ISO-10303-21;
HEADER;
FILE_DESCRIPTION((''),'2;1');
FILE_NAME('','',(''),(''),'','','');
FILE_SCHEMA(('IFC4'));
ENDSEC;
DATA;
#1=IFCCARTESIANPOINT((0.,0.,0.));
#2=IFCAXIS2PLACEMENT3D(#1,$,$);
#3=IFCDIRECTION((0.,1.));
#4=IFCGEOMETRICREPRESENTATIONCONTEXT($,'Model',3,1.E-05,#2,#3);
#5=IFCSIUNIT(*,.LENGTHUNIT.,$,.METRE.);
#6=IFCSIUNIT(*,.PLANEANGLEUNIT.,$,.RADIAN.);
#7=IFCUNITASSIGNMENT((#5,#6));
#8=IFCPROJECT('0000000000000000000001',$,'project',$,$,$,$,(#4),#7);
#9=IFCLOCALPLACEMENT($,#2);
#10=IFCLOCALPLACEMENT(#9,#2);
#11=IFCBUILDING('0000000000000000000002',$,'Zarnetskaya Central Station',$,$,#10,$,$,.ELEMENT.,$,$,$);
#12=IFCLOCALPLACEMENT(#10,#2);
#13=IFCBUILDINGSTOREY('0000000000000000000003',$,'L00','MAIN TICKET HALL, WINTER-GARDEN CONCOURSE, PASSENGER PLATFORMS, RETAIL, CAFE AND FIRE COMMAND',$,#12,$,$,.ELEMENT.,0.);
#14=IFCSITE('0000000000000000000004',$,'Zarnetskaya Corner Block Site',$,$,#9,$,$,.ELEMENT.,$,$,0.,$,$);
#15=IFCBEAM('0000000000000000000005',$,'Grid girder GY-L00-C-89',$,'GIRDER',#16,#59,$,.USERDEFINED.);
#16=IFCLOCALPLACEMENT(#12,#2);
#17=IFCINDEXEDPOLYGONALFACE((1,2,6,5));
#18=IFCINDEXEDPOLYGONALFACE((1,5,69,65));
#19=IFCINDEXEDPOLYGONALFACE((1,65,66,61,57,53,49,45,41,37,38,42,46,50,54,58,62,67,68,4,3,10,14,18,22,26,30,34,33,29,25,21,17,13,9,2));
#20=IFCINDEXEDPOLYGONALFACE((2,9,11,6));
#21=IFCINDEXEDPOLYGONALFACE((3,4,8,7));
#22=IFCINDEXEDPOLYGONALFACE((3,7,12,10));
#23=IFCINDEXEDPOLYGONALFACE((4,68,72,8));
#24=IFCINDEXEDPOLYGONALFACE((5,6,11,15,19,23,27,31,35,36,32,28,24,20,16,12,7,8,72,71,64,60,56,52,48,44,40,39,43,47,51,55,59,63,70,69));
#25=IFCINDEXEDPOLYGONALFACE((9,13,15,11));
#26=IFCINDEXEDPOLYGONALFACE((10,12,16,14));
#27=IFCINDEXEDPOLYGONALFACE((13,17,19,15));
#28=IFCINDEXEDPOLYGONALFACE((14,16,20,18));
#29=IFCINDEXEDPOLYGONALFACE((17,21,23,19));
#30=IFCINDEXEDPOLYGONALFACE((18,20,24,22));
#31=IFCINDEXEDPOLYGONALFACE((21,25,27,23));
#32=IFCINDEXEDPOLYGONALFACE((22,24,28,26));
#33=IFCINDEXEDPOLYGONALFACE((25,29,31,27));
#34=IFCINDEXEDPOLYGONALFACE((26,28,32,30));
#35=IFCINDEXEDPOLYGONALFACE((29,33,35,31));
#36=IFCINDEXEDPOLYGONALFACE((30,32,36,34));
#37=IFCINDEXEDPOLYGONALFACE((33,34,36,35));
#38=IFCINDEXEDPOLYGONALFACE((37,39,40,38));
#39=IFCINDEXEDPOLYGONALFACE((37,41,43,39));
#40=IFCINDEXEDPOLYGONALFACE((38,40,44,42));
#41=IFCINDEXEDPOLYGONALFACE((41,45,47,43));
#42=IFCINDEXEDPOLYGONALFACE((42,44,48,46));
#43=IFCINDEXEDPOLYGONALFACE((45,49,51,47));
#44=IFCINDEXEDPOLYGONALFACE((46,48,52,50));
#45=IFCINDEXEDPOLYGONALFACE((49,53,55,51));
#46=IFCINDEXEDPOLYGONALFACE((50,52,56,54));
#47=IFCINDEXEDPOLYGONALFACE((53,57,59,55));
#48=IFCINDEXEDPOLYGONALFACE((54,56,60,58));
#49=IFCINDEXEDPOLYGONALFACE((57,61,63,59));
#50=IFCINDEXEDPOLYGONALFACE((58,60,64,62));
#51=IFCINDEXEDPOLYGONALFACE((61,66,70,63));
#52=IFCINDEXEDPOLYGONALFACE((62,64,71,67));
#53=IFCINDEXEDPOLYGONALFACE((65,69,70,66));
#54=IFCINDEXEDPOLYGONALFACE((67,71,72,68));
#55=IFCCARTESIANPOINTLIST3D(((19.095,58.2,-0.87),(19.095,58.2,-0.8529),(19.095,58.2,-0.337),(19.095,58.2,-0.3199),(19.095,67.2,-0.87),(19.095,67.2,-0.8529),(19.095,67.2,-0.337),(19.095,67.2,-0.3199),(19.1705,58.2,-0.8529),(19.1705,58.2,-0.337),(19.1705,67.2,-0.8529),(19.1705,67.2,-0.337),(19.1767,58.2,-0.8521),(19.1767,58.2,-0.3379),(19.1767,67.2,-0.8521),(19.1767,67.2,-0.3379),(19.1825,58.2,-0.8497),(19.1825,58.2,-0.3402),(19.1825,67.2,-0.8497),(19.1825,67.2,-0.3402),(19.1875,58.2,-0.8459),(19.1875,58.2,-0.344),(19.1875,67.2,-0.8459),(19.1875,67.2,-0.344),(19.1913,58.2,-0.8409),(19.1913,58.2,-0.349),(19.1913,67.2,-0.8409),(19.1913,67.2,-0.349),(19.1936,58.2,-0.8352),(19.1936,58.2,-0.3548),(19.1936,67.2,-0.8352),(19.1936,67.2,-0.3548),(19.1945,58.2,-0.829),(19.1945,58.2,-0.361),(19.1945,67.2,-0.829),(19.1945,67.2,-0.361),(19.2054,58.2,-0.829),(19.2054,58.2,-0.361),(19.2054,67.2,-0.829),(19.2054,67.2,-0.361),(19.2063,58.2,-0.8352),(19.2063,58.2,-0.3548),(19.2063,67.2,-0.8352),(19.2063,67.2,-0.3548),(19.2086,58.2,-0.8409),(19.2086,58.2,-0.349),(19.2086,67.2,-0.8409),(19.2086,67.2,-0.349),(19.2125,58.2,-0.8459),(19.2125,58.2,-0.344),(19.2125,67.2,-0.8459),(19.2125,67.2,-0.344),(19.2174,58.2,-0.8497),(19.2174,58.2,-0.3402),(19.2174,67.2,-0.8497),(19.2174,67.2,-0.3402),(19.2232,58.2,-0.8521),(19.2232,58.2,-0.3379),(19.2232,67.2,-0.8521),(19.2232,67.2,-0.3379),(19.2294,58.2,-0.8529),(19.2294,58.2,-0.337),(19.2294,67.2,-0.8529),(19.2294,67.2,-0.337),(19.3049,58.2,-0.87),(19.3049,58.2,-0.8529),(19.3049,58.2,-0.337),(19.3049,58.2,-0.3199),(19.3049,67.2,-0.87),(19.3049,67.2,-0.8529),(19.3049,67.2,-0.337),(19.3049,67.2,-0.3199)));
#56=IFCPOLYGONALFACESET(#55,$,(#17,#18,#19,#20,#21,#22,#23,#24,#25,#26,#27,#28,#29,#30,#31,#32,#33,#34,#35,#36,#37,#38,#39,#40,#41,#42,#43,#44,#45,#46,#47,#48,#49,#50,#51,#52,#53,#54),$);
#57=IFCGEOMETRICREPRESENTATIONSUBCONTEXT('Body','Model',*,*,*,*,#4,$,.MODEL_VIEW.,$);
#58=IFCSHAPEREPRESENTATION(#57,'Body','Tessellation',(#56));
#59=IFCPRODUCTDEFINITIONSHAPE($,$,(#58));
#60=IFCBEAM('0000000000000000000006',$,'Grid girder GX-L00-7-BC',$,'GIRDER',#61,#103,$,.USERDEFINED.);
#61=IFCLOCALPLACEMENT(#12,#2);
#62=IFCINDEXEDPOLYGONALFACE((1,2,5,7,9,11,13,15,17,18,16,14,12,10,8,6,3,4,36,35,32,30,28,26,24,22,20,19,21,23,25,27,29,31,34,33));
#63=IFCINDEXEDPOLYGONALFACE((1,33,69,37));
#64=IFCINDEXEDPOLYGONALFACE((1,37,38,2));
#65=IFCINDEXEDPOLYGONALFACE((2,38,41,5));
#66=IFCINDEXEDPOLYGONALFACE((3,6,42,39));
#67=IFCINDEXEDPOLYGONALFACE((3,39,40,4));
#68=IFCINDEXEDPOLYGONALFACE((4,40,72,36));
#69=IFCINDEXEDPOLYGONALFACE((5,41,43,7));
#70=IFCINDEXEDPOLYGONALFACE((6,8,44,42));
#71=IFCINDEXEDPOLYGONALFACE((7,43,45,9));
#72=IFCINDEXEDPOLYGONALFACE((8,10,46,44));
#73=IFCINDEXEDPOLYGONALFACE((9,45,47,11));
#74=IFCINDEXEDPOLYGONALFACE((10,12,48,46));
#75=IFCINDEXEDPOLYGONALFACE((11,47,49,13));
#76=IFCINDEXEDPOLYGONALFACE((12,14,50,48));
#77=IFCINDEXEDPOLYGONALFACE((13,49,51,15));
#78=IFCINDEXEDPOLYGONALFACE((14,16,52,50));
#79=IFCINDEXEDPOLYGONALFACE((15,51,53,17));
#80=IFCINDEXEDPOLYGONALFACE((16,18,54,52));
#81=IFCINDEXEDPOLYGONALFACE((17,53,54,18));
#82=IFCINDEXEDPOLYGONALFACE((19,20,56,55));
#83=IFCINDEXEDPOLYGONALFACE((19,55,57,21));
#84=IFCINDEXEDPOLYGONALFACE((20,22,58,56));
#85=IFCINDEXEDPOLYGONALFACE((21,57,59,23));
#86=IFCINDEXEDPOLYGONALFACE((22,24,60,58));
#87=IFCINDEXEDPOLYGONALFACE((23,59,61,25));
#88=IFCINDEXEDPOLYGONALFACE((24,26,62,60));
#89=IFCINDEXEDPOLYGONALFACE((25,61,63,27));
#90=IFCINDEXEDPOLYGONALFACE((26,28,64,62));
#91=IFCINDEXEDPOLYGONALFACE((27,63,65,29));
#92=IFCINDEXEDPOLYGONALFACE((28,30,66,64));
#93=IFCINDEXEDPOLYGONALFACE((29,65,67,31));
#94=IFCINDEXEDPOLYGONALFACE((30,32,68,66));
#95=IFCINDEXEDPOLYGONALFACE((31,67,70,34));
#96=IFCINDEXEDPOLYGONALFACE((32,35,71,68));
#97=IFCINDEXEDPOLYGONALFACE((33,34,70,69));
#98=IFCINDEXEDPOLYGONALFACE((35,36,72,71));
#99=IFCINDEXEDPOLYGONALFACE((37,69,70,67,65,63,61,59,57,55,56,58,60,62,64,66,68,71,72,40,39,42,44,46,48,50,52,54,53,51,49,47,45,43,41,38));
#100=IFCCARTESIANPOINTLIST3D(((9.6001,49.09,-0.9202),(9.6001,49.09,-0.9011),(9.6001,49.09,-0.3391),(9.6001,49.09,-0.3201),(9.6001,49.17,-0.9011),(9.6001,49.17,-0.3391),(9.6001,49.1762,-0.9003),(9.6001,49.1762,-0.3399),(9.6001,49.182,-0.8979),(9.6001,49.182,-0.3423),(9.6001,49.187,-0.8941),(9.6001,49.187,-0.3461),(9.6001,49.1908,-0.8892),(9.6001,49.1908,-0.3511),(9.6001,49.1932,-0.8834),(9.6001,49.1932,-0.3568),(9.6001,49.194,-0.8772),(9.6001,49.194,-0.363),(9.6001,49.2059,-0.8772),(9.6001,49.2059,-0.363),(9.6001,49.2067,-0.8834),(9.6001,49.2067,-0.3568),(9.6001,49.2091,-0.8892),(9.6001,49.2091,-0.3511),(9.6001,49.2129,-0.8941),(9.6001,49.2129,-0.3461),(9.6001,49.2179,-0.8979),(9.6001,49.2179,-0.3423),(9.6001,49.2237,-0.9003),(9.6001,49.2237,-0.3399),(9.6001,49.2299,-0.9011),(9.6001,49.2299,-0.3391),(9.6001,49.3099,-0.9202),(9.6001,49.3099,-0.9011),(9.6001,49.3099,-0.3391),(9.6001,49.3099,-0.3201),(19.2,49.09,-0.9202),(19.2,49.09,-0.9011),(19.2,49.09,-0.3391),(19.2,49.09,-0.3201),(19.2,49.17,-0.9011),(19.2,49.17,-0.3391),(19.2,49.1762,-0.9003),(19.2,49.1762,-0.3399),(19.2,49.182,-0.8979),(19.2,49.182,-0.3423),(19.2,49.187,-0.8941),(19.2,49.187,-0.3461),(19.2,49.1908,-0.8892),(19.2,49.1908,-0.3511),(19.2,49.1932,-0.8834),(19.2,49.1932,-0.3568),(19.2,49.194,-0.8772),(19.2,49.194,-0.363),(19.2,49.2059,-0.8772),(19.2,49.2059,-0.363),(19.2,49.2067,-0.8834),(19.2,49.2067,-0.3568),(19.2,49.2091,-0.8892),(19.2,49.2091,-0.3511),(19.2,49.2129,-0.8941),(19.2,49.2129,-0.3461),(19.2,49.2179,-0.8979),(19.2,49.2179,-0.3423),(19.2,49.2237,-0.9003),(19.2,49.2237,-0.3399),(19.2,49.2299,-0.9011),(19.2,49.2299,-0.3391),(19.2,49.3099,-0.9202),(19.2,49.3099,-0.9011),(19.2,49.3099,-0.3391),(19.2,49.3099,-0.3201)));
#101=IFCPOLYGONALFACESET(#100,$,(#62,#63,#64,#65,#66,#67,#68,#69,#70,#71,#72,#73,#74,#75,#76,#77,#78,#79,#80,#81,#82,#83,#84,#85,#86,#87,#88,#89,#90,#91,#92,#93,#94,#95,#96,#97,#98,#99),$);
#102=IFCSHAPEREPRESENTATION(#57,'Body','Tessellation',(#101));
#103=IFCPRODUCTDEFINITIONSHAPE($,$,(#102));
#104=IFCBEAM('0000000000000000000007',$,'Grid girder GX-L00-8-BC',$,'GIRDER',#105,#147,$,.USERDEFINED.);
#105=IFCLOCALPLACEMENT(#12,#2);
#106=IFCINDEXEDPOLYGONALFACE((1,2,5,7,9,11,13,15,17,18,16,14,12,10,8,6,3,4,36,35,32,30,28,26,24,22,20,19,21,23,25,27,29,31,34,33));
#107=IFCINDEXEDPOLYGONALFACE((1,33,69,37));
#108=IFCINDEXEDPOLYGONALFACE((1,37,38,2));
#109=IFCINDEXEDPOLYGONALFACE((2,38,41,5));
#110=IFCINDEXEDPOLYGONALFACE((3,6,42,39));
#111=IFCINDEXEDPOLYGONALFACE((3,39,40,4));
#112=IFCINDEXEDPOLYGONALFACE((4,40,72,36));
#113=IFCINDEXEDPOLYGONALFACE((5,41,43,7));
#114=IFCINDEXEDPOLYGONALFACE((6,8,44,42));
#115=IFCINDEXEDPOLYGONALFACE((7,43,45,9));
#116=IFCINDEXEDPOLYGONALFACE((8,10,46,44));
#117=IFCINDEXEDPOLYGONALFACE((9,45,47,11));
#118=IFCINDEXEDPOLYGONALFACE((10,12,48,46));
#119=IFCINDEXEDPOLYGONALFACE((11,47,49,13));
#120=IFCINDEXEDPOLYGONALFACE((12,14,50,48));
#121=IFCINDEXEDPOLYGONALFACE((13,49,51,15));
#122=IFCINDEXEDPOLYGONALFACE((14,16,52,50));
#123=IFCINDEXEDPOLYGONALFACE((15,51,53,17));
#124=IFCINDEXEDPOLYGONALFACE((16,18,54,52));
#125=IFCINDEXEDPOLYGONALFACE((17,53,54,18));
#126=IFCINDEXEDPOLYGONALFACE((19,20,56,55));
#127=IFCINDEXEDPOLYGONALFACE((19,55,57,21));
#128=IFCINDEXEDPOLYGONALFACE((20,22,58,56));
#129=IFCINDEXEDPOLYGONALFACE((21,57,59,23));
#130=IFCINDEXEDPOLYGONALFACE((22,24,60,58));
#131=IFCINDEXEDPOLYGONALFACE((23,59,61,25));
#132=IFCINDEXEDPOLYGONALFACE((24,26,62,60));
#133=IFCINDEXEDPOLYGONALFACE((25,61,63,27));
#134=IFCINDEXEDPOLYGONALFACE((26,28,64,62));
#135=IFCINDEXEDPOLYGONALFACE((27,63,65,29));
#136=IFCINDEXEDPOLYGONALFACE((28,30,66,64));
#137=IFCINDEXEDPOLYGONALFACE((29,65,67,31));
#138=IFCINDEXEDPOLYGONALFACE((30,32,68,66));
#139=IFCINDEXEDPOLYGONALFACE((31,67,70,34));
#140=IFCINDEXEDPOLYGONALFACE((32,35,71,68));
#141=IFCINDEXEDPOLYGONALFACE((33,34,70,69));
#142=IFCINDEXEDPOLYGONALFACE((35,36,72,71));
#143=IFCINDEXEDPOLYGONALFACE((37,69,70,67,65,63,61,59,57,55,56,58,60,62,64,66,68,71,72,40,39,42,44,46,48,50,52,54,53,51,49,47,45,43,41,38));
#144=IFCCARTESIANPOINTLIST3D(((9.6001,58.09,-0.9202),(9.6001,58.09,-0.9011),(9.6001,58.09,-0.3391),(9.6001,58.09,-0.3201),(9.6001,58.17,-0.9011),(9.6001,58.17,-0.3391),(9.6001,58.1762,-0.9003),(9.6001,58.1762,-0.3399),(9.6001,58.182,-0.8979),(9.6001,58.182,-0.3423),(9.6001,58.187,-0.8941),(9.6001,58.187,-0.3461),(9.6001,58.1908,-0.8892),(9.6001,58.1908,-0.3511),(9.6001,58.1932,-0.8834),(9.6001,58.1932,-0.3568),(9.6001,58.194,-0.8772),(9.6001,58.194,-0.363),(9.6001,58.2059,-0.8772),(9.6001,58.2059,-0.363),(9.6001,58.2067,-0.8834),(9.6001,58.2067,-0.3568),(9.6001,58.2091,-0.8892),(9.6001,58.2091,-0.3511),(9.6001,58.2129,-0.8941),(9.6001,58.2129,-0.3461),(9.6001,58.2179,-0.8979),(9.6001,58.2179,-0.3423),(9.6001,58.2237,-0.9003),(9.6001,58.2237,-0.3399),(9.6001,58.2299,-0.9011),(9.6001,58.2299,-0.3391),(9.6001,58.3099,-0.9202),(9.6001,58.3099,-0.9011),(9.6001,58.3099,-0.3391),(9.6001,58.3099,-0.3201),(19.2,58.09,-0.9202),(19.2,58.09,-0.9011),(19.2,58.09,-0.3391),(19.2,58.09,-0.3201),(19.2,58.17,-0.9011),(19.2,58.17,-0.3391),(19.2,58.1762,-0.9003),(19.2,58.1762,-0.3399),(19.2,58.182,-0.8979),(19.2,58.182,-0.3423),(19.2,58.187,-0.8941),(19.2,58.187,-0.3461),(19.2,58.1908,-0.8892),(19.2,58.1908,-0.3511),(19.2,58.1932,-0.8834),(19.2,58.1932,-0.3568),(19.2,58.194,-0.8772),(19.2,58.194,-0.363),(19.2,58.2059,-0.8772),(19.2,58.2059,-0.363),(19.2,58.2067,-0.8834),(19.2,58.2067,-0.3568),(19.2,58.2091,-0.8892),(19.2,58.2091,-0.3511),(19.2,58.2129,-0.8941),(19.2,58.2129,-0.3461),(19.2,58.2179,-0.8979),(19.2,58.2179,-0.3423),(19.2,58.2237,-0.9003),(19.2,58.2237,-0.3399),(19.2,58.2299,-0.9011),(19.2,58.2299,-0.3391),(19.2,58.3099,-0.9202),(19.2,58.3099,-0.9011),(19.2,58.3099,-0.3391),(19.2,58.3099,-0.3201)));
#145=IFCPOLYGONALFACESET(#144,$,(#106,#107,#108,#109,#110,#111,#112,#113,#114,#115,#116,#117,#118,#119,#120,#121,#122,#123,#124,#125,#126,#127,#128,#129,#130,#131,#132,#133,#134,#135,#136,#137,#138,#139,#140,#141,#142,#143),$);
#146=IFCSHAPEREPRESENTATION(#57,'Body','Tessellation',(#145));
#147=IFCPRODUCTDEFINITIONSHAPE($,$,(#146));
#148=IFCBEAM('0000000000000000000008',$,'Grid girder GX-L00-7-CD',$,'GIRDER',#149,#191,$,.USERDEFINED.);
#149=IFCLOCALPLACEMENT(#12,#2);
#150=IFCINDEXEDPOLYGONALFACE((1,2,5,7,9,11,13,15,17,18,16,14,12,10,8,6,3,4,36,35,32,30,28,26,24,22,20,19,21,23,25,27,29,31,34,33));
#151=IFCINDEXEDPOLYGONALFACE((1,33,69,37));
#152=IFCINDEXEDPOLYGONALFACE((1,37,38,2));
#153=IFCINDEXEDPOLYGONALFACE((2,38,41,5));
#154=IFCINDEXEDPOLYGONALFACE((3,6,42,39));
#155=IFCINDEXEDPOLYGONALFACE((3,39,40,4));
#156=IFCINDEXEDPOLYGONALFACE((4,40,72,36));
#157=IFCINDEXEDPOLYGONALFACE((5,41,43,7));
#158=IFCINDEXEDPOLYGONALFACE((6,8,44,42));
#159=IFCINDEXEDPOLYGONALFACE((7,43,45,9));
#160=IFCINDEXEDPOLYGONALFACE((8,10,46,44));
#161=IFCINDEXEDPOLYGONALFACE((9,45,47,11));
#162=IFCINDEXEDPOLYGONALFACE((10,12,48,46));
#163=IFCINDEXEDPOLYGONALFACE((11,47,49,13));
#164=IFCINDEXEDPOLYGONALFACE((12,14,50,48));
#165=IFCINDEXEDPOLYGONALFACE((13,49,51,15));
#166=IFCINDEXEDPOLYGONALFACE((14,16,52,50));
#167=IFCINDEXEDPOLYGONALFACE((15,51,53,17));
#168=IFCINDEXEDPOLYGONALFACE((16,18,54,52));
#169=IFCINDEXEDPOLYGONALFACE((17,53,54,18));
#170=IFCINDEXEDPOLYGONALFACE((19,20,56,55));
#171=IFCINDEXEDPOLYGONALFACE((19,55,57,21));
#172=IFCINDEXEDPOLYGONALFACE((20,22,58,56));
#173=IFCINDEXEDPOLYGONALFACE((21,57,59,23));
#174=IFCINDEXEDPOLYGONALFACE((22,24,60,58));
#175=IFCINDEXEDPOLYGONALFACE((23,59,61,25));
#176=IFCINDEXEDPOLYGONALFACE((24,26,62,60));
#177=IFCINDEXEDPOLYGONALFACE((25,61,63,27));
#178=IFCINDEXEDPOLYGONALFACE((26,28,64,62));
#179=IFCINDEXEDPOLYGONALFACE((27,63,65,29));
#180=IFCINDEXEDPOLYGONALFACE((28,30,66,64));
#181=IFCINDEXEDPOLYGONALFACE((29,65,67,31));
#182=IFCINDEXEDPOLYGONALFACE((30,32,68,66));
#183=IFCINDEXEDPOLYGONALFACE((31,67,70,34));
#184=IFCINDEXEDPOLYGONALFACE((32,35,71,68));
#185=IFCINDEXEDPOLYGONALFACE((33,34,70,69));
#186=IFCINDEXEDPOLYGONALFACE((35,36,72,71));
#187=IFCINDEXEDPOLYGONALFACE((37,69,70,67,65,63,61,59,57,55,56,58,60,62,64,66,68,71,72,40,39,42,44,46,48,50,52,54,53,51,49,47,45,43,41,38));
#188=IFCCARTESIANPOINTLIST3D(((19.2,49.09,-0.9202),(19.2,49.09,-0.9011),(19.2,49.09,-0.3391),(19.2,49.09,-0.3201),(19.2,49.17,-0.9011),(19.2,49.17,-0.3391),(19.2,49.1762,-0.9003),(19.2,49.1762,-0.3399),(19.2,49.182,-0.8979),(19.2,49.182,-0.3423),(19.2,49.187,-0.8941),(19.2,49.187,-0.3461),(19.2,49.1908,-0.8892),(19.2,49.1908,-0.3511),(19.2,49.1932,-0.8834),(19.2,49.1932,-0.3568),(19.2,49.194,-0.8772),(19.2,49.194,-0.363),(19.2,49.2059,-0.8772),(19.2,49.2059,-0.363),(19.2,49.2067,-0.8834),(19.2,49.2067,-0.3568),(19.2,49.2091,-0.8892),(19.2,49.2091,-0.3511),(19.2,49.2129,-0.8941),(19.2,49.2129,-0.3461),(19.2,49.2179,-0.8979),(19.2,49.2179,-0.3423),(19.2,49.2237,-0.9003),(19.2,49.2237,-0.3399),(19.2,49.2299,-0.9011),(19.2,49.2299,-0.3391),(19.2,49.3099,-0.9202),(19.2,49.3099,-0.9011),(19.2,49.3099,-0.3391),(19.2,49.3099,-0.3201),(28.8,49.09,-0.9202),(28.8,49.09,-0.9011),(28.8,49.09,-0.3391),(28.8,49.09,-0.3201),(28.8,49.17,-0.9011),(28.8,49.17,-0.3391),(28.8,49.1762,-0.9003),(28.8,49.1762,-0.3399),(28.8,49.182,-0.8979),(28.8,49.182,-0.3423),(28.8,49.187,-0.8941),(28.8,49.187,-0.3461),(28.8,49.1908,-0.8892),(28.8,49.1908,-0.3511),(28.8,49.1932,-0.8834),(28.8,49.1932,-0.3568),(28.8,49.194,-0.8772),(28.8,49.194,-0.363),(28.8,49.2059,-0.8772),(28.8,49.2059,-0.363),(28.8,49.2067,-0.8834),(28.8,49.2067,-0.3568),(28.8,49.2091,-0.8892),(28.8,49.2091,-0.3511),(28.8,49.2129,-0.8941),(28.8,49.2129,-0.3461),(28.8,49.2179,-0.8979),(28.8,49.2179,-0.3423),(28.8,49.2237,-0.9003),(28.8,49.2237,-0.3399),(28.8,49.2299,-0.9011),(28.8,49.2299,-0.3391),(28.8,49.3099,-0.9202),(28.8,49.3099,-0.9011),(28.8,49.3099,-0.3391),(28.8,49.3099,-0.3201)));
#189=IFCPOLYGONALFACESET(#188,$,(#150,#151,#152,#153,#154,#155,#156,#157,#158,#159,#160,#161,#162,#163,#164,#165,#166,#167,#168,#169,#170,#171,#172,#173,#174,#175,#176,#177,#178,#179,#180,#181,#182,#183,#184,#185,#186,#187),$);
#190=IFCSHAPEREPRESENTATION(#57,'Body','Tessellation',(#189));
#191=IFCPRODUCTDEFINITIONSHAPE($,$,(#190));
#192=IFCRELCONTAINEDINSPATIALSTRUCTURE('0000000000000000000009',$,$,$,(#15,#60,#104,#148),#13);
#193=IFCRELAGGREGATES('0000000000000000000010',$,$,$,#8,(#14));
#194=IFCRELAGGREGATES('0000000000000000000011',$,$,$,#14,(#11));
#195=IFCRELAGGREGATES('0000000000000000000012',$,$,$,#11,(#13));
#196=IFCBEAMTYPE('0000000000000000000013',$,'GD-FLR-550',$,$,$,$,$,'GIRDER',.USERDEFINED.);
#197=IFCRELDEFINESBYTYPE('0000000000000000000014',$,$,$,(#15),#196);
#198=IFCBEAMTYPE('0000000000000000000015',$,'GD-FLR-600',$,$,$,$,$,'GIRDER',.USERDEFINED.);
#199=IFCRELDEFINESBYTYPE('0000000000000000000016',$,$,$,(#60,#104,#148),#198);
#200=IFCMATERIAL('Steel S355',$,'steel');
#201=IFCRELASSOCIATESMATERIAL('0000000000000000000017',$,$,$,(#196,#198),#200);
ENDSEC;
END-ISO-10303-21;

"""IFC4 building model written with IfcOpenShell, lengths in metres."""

from ifc_helpers import new_model, si_unit, direction, frame, origin, origin_2d, place, context, subcontext, project, spatial, i_section, extrude, material, material_profile, profile_set, type_object, element, save


model = new_model("IFC4")

# Units and contexts
model_context = context("Model", 3, precision=1e-05, world=origin(), true_north=direction((0.0, 1.0)))
body_context = subcontext(model_context, "Body", "Model", "MODEL_VIEW")
ifc_project = project(units=[si_unit("LENGTHUNIT", "METRE"), si_unit("PLANEANGLEUNIT", "RADIAN")], contexts=[model_context])

# Site, building, storey
site_placement = place(None, origin())
site = spatial("IfcSite", under=ifc_project, at=site_placement, Name="Zarnetskaya Corner Block Site", CompositionType="ELEMENT", RefElevation=0.0)
building_placement = place(site_placement, origin())
building = spatial("IfcBuilding", under=site, at=building_placement, Name="Zarnetskaya Central Station", CompositionType="ELEMENT")
storey_placement = place(building_placement, origin())
storey = spatial("IfcBuildingStorey", under=building, at=storey_placement, Name="L00", Description="MAIN TICKET HALL, WINTER-GARDEN CONCOURSE, PASSENGER PLATFORMS, RETAIL, CAFE AND FIRE COMMAND", CompositionType="ELEMENT", Elevation=0.0)

# Shared definitions
ifc_material_1 = material(Name="Steel S355", Category="steel")

# Beams
ifc_material_profile_1 = material_profile(ifc_material_1, i_section(OverallWidth=0.21, OverallDepth=0.55, WebThickness=0.011, FlangeThickness=0.0171, FilletRadius=0.0239, at=origin_2d()), Name="IPE 550")
ifc_profile_set_1 = profile_set([ifc_material_profile_1], Name="Steel S355")
beam_type_1 = type_object("IfcBeamType", Name="GD-FLR-550", ElementType="GIRDER", PredefinedType="USERDEFINED", material=ifc_profile_set_1)
for number, where, z_axis, x_axis, name in (
    (1, (19.2, 58.2, -0.595), (0.0, 1.0, 0.0), (-1.0, 0.0, 0.0), "Grid girder GY-L00-C-89"),
):
    element("IfcBeam", number, at=place(storey_placement, frame(where, z_axis=z_axis, x_axis=x_axis)), inside=storey, type_object=beam_type_1, Name=name, ObjectType="GIRDER", PredefinedType="USERDEFINED", context=body_context, shape_type="SweptSolid", body=[
        extrude(i_section(OverallWidth=0.21, OverallDepth=0.55, WebThickness=0.011, FlangeThickness=0.0171, FilletRadius=0.0239, at=origin_2d()), origin(), (0.0, 0.0, 1.0), 9.0),
    ])
ifc_material_profile_2 = material_profile(ifc_material_1, i_section(OverallWidth=0.22, OverallDepth=0.6001, WebThickness=0.012, FlangeThickness=0.019, FilletRadius=0.0239, at=origin_2d()), Name="IPE 600")
ifc_profile_set_2 = profile_set([ifc_material_profile_2], Name="Steel S355")
beam_type_2 = type_object("IfcBeamType", Name="GD-FLR-600", ElementType="GIRDER", PredefinedType="USERDEFINED", material=ifc_profile_set_2)
for number, where, z_axis, x_axis, name in (
    (2, (9.6001, 49.2, -0.6201), (1.0, 0.0, 0.0), (0.0, 1.0, 0.0), "Grid girder GX-L00-7-BC"),
    (3, (9.6001, 58.2, -0.6201), (1.0, 0.0, 0.0), (0.0, 1.0, 0.0), "Grid girder GX-L00-8-BC"),
):
    element("IfcBeam", number, at=place(storey_placement, frame(where, z_axis=z_axis, x_axis=x_axis)), inside=storey, type_object=beam_type_2, Name=name, ObjectType="GIRDER", PredefinedType="USERDEFINED", context=body_context, shape_type="SweptSolid", body=[
        extrude(i_section(OverallWidth=0.22, OverallDepth=0.6001, WebThickness=0.012, FlangeThickness=0.019, FilletRadius=0.0239, at=origin_2d()), origin(), (0.0, 0.0, 1.0), 9.5999),
    ])
for number, where, z_axis, x_axis, name in (
    (4, (19.2, 49.2, -0.6201), (1.0, 0.0, 0.0), (0.0, 1.0, 0.0), "Grid girder GX-L00-7-CD"),
):
    element("IfcBeam", number, at=place(storey_placement, frame(where, z_axis=z_axis, x_axis=x_axis)), inside=storey, type_object=beam_type_2, Name=name, ObjectType="GIRDER", PredefinedType="USERDEFINED", context=body_context, shape_type="SweptSolid", body=[
        extrude(i_section(OverallWidth=0.22, OverallDepth=0.6001, WebThickness=0.012, FlangeThickness=0.019, FilletRadius=0.0239, at=origin_2d()), origin(), (0.0, 0.0, 1.0), 9.6001),
    ])

save(model, "model.ifc")
